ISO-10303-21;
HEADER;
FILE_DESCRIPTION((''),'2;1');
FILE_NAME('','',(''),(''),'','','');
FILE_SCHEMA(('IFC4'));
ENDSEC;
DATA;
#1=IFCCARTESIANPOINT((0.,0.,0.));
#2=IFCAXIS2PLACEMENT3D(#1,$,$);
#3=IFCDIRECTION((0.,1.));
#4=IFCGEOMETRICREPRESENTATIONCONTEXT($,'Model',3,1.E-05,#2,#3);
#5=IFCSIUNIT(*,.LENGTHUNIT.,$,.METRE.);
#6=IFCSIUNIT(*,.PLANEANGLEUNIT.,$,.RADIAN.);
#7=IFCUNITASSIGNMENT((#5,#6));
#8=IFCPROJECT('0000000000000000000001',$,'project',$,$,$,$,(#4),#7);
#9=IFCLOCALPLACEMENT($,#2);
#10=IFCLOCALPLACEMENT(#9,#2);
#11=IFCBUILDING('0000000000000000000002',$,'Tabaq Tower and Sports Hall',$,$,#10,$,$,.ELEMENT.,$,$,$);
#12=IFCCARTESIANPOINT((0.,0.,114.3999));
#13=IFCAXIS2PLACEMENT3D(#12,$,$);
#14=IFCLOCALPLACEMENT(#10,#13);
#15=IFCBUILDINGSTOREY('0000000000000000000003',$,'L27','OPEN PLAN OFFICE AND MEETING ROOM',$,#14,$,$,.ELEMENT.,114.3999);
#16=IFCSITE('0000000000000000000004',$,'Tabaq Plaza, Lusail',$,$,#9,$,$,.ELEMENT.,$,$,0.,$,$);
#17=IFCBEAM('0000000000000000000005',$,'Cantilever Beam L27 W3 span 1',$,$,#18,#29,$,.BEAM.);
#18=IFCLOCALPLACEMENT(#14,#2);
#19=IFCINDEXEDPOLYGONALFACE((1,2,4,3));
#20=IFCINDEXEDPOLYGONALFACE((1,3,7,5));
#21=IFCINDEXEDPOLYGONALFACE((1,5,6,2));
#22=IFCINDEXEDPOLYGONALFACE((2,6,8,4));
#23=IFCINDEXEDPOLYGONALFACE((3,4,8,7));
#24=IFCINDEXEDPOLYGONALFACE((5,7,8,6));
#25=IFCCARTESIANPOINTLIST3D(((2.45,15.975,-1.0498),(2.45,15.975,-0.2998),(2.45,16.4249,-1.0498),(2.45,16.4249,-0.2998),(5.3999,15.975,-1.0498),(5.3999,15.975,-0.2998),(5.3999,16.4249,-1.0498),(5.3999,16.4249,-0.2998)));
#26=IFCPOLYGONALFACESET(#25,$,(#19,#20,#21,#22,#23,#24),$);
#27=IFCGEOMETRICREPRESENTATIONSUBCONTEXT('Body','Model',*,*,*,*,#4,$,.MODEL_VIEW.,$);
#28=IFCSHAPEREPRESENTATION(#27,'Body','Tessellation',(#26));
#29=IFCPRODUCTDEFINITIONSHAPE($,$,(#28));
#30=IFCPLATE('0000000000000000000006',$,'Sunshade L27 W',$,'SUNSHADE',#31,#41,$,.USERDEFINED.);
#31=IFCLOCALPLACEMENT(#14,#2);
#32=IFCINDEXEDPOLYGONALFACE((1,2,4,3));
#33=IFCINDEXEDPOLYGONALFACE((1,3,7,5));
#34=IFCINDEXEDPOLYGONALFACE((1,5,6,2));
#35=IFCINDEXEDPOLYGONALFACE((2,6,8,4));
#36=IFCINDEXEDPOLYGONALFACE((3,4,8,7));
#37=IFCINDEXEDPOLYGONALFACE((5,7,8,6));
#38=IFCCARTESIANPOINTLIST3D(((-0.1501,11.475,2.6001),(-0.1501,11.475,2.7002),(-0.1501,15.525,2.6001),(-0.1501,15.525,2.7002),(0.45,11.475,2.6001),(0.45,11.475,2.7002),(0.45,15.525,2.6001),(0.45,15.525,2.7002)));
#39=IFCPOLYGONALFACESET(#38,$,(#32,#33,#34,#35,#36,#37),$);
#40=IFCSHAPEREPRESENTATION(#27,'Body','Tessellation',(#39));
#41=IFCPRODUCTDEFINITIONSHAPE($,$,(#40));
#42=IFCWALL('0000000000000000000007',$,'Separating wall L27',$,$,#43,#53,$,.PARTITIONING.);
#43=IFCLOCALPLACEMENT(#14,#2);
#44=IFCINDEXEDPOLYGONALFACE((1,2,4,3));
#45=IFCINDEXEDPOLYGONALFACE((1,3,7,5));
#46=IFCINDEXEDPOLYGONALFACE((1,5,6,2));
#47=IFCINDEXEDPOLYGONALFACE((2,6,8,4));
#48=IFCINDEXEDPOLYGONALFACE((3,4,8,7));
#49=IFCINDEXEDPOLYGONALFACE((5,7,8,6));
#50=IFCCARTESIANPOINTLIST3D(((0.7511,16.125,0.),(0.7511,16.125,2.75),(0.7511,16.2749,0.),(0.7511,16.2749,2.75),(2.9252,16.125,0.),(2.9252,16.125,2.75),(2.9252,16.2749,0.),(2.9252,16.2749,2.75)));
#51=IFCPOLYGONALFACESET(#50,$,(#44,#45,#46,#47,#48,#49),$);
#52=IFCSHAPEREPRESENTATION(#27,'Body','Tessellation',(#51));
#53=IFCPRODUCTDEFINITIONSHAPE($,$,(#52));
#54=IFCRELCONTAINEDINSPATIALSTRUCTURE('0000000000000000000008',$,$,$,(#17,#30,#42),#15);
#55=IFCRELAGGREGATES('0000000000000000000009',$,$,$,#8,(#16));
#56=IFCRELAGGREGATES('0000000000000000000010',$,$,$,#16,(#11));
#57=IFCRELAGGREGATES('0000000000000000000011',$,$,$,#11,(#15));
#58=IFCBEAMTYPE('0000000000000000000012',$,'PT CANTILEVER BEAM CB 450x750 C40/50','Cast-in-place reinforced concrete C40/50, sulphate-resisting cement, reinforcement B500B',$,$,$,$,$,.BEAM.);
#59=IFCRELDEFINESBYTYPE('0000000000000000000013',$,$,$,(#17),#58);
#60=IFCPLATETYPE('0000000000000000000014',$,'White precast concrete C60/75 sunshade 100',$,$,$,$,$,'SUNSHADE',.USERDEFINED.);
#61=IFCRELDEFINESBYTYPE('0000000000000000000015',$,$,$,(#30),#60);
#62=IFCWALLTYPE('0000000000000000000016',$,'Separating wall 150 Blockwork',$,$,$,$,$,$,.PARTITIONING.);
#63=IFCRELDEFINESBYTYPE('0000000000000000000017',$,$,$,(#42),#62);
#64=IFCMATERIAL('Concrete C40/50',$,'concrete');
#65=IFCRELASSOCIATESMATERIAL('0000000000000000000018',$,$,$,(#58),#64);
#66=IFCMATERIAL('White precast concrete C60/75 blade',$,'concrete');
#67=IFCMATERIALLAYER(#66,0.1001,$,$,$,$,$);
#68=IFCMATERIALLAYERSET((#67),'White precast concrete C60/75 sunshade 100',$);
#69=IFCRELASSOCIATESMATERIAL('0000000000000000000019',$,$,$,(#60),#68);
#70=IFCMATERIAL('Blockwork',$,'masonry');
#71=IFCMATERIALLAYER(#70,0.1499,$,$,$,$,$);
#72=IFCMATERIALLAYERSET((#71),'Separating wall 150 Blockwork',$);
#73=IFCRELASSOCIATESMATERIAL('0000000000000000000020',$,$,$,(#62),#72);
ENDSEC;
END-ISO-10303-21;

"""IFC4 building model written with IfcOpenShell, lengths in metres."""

from ifc_helpers import new_model, si_unit, direction, frame, frame_2d, origin, origin_2d, place, context, subcontext, project, spatial, rectangle, extrude, material, layer, layer_set, material_profile, profile_set, type_object, element, save


model = new_model("IFC4")

# Units and contexts
model_context = context("Model", 3, precision=1e-05, world=origin(), true_north=direction((0.0, 1.0)))
body_context = subcontext(model_context, "Body", "Model", "MODEL_VIEW")
ifc_project = project(units=[si_unit("LENGTHUNIT", "METRE"), si_unit("PLANEANGLEUNIT", "RADIAN")], contexts=[model_context])

# Site, building, storey
site_placement = place(None, origin())
site = spatial("IfcSite", under=ifc_project, at=site_placement, Name="Tabaq Plaza, Lusail", CompositionType="ELEMENT", RefElevation=0.0)
building_placement = place(site_placement, origin())
building = spatial("IfcBuilding", under=site, at=building_placement, Name="Tabaq Tower and Sports Hall", CompositionType="ELEMENT")
storey_placement = place(building_placement, frame((0.0, 0.0, 114.3999)))
storey = spatial("IfcBuildingStorey", under=building, at=storey_placement, Name="L27", Description="OPEN PLAN OFFICE AND MEETING ROOM", CompositionType="ELEMENT", Elevation=114.3999)

# Beam
ifc_material_1 = material(Name="Concrete C40/50", Category="concrete")
ifc_material_profile = material_profile(ifc_material_1, rectangle(XDim=0.45, YDim=0.75, at=origin_2d()), Name="CB 450x750")
ifc_profile_set = profile_set([ifc_material_profile], Name="Concrete C40/50")
beam_type = type_object("IfcBeamType", Name="PT CANTILEVER BEAM CB 450x750 C40/50", Description="Cast-in-place reinforced concrete C40/50, sulphate-resisting cement, reinforcement B500B", PredefinedType="BEAM", material=ifc_profile_set)
beam_placement = place(storey_placement, frame((2.45, 16.2, -0.6748), z_axis=(1.0, 0.0, 0.0), x_axis=(0.0, 1.0, 0.0)))
element("IfcBeam", 1, at=beam_placement, inside=storey, type_object=beam_type, Name="Cantilever Beam L27 W3 span 1", PredefinedType="BEAM", context=body_context, shape_type="SweptSolid", body=[
    extrude(rectangle(XDim=0.45, YDim=0.75, at=origin_2d()), origin(), (0.0, 0.0, 1.0), 2.95),
])

# Plate
ifc_material_2 = material(Name="White precast concrete C60/75 blade", Category="concrete")
ifc_layer_1 = layer(ifc_material_2, 0.1001)
ifc_layer_set_1 = layer_set([ifc_layer_1], Name="White precast concrete C60/75 sunshade 100")
plate_type = type_object("IfcPlateType", Name="White precast concrete C60/75 sunshade 100", ElementType="SUNSHADE", PredefinedType="USERDEFINED", material=ifc_layer_set_1)
plate_placement = place(storey_placement, frame((0.1499, 13.5, 2.6001), z_axis=(0.0, 0.0, 1.0), x_axis=(0.0, -1.0, 0.0)))
element("IfcPlate", 2, at=plate_placement, inside=storey, type_object=plate_type, Name="Sunshade L27 W", ObjectType="SUNSHADE", PredefinedType="USERDEFINED", context=body_context, shape_type="SweptSolid", body=[
    extrude(rectangle(XDim=4.05, YDim=0.6001, at=origin_2d()), origin(), (0.0, 0.0, 1.0), 0.1001),
])

# Wall
ifc_material_3 = material(Name="Blockwork", Category="masonry")
ifc_layer_2 = layer(ifc_material_3, 0.1499)
ifc_layer_set_2 = layer_set([ifc_layer_2], Name="Separating wall 150 Blockwork")
wall_type_1 = type_object("IfcWallType", Name="Separating wall 150 Blockwork", PredefinedType="PARTITIONING", material=ifc_layer_set_2)
wall_1_placement = place(storey_placement, frame((2.925, 16.2, 0.0), z_axis=(0.0, 0.0, 1.0), x_axis=(-1.0, 0.0, 0.0)))
element("IfcWall", 3, at=wall_1_placement, inside=storey, type_object=wall_type_1, Name="Separating wall L27", PredefinedType="PARTITIONING", context=body_context, shape_type="SweptSolid", body=[
    extrude(rectangle(XDim=2.1741, YDim=0.1499, at=frame_2d((1.0869, 0.0))), origin(), (0.0, 0.0, 1.0), 2.75),
])

save(model, "model.ifc")
